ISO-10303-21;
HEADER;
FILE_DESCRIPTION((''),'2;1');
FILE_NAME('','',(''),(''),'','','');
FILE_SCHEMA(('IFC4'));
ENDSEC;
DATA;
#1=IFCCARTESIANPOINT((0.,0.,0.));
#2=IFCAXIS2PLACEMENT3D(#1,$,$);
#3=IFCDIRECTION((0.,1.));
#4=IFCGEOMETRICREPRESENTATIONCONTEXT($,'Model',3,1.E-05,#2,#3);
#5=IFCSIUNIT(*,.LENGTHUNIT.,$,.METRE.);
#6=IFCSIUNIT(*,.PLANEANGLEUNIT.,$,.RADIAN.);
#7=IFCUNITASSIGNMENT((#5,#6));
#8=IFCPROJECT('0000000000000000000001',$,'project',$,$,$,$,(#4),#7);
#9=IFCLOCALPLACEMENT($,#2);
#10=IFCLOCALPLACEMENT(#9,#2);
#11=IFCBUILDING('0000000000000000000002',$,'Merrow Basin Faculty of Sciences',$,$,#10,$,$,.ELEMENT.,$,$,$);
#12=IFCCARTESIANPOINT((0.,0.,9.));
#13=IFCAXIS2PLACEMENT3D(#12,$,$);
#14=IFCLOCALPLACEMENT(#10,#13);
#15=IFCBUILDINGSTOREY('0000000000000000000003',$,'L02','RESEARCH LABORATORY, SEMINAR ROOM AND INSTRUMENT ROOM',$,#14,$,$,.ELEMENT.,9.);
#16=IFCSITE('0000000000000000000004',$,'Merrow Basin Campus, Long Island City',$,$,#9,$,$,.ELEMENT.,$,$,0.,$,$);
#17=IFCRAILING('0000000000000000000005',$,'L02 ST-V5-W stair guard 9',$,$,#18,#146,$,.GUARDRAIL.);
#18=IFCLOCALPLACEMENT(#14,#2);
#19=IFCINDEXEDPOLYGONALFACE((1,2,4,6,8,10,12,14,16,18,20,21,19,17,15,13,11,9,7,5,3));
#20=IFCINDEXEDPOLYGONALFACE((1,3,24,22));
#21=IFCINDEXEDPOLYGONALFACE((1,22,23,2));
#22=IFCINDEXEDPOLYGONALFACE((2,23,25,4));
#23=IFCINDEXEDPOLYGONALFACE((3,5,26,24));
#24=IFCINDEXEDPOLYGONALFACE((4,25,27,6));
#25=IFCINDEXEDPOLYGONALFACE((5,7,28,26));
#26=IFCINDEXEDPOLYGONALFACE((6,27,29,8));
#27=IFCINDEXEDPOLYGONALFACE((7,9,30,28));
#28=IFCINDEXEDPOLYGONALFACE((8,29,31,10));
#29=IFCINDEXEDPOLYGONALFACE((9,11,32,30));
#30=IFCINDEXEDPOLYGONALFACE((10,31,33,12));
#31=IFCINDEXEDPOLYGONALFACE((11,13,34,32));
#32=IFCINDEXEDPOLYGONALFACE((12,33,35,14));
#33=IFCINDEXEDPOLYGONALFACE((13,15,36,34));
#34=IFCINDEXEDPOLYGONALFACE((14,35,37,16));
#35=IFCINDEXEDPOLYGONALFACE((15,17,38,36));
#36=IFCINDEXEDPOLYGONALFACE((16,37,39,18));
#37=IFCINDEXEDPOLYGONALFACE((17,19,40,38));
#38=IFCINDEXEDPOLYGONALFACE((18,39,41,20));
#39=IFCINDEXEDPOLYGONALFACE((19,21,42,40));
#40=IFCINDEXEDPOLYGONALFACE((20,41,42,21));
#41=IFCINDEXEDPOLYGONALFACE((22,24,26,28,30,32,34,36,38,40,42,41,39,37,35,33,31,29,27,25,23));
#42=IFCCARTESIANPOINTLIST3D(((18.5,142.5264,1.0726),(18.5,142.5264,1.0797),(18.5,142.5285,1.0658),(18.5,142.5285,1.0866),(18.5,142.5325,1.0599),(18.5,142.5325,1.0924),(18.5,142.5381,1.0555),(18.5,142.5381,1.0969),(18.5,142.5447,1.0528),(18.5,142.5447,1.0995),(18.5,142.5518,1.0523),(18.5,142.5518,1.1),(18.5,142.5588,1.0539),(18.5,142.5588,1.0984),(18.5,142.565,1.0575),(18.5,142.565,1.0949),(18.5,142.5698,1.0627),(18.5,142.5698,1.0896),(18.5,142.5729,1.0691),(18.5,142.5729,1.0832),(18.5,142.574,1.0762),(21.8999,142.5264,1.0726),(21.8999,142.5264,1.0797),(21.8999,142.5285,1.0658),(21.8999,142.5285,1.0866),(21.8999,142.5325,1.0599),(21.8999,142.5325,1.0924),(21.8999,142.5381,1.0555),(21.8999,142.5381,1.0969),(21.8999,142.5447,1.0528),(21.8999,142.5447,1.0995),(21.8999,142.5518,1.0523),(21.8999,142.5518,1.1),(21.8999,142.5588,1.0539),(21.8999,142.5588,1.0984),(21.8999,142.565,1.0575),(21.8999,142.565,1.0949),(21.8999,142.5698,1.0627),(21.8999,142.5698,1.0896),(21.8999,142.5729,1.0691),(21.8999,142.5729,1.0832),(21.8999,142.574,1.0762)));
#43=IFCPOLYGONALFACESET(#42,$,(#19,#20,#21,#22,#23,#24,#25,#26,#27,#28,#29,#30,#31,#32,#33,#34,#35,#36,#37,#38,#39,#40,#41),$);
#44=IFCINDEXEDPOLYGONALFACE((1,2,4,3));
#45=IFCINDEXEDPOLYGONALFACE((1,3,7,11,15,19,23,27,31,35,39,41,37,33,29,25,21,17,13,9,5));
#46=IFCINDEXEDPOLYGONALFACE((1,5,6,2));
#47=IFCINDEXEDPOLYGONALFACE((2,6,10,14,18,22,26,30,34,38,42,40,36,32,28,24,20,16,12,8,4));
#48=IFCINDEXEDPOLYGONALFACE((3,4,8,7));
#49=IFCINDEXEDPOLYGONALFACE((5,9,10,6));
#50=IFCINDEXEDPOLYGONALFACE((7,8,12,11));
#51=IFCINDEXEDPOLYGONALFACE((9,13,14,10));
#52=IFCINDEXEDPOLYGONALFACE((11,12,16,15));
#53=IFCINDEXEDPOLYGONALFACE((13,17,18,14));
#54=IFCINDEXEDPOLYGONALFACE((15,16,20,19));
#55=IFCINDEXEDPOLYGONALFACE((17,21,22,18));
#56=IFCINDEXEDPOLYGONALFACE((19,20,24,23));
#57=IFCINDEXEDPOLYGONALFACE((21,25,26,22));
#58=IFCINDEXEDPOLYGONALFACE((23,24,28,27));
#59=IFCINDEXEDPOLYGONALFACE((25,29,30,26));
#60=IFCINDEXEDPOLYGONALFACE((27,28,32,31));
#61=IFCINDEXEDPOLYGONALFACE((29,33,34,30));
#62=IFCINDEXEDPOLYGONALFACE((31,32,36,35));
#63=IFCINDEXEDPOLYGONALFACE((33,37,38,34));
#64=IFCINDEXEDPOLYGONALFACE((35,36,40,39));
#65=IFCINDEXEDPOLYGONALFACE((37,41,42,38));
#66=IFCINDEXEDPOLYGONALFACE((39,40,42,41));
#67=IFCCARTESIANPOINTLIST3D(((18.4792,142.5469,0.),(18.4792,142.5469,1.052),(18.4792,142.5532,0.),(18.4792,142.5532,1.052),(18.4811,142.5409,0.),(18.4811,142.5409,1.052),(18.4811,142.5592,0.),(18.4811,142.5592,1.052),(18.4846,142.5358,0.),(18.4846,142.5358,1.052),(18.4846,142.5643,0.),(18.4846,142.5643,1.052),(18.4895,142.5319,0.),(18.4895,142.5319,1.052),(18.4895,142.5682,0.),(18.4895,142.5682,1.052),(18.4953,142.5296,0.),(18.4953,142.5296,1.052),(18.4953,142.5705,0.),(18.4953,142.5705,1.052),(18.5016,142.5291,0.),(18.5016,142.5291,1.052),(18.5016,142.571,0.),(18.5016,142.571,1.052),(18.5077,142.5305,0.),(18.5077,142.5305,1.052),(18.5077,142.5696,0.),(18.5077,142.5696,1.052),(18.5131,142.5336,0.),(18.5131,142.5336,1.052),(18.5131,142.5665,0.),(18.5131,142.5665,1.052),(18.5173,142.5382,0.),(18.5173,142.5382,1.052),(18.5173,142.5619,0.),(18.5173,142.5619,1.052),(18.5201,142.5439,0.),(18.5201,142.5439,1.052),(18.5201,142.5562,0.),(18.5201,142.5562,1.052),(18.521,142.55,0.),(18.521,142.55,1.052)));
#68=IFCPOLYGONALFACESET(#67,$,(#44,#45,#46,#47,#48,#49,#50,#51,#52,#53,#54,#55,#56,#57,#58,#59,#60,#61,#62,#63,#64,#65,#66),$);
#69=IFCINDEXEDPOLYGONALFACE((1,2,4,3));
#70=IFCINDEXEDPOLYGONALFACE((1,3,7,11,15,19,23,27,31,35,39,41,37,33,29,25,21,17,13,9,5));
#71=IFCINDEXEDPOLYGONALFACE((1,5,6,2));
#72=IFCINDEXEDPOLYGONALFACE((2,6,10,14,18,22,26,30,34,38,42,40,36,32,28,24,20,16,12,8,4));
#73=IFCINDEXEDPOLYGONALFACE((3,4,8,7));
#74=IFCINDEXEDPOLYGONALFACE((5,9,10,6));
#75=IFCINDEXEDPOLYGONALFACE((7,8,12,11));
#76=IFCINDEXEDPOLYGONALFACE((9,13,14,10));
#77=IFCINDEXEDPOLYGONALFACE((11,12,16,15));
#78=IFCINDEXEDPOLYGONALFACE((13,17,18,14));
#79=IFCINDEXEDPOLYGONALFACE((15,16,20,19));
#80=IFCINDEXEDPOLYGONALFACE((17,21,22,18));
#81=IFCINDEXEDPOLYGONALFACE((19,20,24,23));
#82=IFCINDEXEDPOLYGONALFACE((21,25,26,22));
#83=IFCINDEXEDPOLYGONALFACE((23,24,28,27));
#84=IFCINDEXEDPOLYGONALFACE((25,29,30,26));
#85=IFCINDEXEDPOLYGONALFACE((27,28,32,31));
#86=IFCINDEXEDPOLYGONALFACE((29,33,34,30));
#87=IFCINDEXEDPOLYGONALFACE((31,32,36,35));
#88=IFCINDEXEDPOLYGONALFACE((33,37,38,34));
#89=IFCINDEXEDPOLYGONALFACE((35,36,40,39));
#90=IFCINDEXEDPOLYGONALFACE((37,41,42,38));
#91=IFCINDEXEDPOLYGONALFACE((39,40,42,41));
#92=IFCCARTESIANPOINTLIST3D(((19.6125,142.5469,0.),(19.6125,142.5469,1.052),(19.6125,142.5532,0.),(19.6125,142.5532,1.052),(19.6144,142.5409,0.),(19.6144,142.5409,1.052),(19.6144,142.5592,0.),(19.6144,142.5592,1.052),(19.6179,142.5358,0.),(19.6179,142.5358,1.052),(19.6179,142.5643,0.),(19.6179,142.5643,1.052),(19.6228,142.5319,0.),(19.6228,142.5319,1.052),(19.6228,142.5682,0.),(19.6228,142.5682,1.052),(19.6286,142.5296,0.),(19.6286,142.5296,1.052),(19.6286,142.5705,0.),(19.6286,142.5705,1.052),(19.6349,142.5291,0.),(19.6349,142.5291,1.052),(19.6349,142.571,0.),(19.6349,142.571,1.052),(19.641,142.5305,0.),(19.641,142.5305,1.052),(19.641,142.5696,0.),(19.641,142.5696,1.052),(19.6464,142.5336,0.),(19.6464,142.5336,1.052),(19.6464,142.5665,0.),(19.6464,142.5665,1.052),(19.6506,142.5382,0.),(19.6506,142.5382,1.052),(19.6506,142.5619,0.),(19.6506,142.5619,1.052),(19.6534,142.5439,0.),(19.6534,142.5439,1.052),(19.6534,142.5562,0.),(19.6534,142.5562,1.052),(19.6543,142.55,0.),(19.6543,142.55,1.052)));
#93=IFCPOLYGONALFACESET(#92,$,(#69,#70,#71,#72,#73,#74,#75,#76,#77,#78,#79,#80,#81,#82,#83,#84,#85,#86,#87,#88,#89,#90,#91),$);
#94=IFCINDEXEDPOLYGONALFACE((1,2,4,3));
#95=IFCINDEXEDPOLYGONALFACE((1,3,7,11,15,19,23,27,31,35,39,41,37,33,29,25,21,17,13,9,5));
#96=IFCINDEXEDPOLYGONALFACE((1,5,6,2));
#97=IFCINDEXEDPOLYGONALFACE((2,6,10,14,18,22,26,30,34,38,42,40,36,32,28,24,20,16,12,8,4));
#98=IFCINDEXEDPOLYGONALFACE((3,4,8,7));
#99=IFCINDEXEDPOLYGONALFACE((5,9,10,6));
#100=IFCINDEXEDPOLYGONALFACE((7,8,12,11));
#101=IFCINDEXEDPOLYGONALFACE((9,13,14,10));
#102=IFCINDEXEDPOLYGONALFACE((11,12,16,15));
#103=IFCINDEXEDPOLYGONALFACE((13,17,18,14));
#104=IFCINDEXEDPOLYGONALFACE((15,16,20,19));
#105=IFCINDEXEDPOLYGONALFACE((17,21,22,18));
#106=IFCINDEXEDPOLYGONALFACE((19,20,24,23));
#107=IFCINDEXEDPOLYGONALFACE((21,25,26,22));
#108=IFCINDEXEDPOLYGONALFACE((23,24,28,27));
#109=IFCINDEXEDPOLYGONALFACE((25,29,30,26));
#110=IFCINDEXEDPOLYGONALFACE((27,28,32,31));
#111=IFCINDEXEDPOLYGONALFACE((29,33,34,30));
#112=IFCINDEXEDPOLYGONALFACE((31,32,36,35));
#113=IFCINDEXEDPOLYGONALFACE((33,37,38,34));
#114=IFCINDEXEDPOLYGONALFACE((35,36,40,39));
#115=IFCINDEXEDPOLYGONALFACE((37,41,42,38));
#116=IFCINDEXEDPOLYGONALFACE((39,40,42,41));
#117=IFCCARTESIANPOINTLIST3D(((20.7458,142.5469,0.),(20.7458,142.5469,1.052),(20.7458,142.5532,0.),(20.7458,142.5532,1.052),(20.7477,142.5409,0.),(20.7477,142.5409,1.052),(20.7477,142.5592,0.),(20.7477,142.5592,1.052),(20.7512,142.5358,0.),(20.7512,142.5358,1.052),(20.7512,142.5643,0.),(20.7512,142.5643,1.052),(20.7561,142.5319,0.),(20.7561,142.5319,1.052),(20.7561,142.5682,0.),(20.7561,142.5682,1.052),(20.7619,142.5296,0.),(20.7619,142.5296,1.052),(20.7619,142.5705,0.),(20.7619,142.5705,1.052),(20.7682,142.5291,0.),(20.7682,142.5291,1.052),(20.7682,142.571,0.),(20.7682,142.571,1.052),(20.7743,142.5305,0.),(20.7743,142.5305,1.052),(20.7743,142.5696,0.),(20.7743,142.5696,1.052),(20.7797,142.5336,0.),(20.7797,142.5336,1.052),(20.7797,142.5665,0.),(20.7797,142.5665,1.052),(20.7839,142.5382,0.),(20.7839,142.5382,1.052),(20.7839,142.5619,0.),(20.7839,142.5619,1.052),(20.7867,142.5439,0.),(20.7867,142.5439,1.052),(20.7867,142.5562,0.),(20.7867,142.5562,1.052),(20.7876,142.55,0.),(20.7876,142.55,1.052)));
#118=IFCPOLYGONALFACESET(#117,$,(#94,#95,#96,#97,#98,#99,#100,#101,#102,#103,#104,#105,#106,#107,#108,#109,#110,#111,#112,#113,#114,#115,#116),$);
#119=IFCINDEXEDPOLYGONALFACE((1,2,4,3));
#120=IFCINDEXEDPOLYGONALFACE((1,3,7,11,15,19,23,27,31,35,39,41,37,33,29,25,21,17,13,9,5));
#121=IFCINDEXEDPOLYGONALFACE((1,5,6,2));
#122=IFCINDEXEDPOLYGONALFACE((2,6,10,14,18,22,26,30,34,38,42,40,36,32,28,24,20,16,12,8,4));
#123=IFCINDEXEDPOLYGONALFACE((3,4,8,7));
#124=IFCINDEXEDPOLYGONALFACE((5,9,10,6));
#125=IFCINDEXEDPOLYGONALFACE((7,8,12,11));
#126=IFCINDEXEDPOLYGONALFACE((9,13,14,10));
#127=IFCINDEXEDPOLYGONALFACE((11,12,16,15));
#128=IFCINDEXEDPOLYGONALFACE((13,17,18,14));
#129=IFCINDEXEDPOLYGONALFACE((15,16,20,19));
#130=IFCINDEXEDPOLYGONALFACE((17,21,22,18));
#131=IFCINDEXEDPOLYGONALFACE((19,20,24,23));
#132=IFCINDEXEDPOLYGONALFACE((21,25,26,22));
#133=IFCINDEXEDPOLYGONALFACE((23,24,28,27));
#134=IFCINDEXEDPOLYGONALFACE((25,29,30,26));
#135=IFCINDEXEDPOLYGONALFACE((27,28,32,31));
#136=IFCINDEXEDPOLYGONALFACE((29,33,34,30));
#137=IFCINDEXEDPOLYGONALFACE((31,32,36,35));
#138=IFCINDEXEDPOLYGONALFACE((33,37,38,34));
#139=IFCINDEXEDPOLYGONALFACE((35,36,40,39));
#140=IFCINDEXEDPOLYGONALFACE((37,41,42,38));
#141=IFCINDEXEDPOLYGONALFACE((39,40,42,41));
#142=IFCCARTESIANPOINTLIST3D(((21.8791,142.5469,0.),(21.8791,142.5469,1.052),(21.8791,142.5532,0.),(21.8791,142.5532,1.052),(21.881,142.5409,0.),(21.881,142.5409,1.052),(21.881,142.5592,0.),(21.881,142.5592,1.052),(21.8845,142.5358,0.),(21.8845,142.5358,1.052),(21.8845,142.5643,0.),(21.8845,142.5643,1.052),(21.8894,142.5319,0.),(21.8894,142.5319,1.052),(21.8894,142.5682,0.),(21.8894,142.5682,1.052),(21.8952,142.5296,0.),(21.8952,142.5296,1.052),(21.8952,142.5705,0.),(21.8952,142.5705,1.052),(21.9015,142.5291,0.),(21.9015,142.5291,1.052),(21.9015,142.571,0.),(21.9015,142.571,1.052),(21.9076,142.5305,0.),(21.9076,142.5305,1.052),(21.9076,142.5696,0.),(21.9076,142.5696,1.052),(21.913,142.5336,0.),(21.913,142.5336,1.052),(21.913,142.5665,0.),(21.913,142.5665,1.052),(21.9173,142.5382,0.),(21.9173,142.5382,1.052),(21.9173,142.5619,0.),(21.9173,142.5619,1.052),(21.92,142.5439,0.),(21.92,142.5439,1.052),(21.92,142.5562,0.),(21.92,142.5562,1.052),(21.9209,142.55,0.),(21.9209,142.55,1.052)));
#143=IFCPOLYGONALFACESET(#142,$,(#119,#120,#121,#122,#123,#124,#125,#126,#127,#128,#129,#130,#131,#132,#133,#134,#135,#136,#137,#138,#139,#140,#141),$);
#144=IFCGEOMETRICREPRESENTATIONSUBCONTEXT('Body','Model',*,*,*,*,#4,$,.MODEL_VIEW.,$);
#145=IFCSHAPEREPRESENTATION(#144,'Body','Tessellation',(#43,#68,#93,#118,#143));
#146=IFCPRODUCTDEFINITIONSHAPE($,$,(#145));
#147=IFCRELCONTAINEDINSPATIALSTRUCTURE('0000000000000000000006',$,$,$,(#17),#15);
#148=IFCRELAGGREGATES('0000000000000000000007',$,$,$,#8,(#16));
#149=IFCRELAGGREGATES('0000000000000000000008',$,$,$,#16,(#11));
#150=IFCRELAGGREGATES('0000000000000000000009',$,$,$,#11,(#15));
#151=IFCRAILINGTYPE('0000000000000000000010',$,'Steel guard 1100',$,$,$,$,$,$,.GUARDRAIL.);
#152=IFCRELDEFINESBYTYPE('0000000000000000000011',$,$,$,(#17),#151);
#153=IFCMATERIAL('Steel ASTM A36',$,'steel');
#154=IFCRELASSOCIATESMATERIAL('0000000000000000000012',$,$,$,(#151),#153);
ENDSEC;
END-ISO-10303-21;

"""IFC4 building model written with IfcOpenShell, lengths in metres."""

from ifc_helpers import new_model, si_unit, direction, frame, origin, origin_2d, place, context, subcontext, project, spatial, circle, extrude, material, type_object, element, save


model = new_model("IFC4")

# Units and contexts
model_context = context("Model", 3, precision=1e-05, world=origin(), true_north=direction((0.0, 1.0)))
body_context = subcontext(model_context, "Body", "Model", "MODEL_VIEW")
ifc_project = project(units=[si_unit("LENGTHUNIT", "METRE"), si_unit("PLANEANGLEUNIT", "RADIAN")], contexts=[model_context])

# Site, building, storey
site_placement = place(None, origin())
site = spatial("IfcSite", under=ifc_project, at=site_placement, Name="Merrow Basin Campus, Long Island City", CompositionType="ELEMENT", RefElevation=0.0)
building_placement = place(site_placement, origin())
building = spatial("IfcBuilding", under=site, at=building_placement, Name="Merrow Basin Faculty of Sciences", CompositionType="ELEMENT")
storey_placement = place(building_placement, frame((0.0, 0.0, 9.0)))
storey = spatial("IfcBuildingStorey", under=building, at=storey_placement, Name="L02", Description="RESEARCH LABORATORY, SEMINAR ROOM AND INSTRUMENT ROOM", CompositionType="ELEMENT", Elevation=9.0)

# Railing
ifc_material_1 = material(Name="Steel ASTM A36", Category="steel")
railing_type_1 = type_object("IfcRailingType", Name="Steel guard 1100", PredefinedType="GUARDRAIL", material=ifc_material_1)
railing_1_placement = place(storey_placement, frame((18.5, 142.55, 0.0)))
element("IfcRailing", 1, at=railing_1_placement, inside=storey, type_object=railing_type_1, Name="L02 ST-V5-W stair guard 9", PredefinedType="GUARDRAIL", context=body_context, shape_type="SweptSolid", body=[
    extrude(circle(Radius=0.0239, at=origin_2d()), frame((0.0, 0.0, 1.0762), z_axis=(1.0, 0.0, 0.0), x_axis=(0.0, 1.0, 0.0)), (0.0, 0.0, 1.0), 3.3999),
    extrude(circle(Radius=0.021, at=origin_2d()), origin(), (0.0, 0.0, 1.0), 1.052),
    extrude(circle(Radius=0.021, at=origin_2d()), frame((1.1333, 0.0, 0.0)), (0.0, 0.0, 1.0), 1.052),
    extrude(circle(Radius=0.021, at=origin_2d()), frame((2.2666, 0.0, 0.0)), (0.0, 0.0, 1.0), 1.052),
    extrude(circle(Radius=0.021, at=origin_2d()), frame((3.3999, 0.0, 0.0)), (0.0, 0.0, 1.0), 1.052),
])

save(model, "model.ifc")
